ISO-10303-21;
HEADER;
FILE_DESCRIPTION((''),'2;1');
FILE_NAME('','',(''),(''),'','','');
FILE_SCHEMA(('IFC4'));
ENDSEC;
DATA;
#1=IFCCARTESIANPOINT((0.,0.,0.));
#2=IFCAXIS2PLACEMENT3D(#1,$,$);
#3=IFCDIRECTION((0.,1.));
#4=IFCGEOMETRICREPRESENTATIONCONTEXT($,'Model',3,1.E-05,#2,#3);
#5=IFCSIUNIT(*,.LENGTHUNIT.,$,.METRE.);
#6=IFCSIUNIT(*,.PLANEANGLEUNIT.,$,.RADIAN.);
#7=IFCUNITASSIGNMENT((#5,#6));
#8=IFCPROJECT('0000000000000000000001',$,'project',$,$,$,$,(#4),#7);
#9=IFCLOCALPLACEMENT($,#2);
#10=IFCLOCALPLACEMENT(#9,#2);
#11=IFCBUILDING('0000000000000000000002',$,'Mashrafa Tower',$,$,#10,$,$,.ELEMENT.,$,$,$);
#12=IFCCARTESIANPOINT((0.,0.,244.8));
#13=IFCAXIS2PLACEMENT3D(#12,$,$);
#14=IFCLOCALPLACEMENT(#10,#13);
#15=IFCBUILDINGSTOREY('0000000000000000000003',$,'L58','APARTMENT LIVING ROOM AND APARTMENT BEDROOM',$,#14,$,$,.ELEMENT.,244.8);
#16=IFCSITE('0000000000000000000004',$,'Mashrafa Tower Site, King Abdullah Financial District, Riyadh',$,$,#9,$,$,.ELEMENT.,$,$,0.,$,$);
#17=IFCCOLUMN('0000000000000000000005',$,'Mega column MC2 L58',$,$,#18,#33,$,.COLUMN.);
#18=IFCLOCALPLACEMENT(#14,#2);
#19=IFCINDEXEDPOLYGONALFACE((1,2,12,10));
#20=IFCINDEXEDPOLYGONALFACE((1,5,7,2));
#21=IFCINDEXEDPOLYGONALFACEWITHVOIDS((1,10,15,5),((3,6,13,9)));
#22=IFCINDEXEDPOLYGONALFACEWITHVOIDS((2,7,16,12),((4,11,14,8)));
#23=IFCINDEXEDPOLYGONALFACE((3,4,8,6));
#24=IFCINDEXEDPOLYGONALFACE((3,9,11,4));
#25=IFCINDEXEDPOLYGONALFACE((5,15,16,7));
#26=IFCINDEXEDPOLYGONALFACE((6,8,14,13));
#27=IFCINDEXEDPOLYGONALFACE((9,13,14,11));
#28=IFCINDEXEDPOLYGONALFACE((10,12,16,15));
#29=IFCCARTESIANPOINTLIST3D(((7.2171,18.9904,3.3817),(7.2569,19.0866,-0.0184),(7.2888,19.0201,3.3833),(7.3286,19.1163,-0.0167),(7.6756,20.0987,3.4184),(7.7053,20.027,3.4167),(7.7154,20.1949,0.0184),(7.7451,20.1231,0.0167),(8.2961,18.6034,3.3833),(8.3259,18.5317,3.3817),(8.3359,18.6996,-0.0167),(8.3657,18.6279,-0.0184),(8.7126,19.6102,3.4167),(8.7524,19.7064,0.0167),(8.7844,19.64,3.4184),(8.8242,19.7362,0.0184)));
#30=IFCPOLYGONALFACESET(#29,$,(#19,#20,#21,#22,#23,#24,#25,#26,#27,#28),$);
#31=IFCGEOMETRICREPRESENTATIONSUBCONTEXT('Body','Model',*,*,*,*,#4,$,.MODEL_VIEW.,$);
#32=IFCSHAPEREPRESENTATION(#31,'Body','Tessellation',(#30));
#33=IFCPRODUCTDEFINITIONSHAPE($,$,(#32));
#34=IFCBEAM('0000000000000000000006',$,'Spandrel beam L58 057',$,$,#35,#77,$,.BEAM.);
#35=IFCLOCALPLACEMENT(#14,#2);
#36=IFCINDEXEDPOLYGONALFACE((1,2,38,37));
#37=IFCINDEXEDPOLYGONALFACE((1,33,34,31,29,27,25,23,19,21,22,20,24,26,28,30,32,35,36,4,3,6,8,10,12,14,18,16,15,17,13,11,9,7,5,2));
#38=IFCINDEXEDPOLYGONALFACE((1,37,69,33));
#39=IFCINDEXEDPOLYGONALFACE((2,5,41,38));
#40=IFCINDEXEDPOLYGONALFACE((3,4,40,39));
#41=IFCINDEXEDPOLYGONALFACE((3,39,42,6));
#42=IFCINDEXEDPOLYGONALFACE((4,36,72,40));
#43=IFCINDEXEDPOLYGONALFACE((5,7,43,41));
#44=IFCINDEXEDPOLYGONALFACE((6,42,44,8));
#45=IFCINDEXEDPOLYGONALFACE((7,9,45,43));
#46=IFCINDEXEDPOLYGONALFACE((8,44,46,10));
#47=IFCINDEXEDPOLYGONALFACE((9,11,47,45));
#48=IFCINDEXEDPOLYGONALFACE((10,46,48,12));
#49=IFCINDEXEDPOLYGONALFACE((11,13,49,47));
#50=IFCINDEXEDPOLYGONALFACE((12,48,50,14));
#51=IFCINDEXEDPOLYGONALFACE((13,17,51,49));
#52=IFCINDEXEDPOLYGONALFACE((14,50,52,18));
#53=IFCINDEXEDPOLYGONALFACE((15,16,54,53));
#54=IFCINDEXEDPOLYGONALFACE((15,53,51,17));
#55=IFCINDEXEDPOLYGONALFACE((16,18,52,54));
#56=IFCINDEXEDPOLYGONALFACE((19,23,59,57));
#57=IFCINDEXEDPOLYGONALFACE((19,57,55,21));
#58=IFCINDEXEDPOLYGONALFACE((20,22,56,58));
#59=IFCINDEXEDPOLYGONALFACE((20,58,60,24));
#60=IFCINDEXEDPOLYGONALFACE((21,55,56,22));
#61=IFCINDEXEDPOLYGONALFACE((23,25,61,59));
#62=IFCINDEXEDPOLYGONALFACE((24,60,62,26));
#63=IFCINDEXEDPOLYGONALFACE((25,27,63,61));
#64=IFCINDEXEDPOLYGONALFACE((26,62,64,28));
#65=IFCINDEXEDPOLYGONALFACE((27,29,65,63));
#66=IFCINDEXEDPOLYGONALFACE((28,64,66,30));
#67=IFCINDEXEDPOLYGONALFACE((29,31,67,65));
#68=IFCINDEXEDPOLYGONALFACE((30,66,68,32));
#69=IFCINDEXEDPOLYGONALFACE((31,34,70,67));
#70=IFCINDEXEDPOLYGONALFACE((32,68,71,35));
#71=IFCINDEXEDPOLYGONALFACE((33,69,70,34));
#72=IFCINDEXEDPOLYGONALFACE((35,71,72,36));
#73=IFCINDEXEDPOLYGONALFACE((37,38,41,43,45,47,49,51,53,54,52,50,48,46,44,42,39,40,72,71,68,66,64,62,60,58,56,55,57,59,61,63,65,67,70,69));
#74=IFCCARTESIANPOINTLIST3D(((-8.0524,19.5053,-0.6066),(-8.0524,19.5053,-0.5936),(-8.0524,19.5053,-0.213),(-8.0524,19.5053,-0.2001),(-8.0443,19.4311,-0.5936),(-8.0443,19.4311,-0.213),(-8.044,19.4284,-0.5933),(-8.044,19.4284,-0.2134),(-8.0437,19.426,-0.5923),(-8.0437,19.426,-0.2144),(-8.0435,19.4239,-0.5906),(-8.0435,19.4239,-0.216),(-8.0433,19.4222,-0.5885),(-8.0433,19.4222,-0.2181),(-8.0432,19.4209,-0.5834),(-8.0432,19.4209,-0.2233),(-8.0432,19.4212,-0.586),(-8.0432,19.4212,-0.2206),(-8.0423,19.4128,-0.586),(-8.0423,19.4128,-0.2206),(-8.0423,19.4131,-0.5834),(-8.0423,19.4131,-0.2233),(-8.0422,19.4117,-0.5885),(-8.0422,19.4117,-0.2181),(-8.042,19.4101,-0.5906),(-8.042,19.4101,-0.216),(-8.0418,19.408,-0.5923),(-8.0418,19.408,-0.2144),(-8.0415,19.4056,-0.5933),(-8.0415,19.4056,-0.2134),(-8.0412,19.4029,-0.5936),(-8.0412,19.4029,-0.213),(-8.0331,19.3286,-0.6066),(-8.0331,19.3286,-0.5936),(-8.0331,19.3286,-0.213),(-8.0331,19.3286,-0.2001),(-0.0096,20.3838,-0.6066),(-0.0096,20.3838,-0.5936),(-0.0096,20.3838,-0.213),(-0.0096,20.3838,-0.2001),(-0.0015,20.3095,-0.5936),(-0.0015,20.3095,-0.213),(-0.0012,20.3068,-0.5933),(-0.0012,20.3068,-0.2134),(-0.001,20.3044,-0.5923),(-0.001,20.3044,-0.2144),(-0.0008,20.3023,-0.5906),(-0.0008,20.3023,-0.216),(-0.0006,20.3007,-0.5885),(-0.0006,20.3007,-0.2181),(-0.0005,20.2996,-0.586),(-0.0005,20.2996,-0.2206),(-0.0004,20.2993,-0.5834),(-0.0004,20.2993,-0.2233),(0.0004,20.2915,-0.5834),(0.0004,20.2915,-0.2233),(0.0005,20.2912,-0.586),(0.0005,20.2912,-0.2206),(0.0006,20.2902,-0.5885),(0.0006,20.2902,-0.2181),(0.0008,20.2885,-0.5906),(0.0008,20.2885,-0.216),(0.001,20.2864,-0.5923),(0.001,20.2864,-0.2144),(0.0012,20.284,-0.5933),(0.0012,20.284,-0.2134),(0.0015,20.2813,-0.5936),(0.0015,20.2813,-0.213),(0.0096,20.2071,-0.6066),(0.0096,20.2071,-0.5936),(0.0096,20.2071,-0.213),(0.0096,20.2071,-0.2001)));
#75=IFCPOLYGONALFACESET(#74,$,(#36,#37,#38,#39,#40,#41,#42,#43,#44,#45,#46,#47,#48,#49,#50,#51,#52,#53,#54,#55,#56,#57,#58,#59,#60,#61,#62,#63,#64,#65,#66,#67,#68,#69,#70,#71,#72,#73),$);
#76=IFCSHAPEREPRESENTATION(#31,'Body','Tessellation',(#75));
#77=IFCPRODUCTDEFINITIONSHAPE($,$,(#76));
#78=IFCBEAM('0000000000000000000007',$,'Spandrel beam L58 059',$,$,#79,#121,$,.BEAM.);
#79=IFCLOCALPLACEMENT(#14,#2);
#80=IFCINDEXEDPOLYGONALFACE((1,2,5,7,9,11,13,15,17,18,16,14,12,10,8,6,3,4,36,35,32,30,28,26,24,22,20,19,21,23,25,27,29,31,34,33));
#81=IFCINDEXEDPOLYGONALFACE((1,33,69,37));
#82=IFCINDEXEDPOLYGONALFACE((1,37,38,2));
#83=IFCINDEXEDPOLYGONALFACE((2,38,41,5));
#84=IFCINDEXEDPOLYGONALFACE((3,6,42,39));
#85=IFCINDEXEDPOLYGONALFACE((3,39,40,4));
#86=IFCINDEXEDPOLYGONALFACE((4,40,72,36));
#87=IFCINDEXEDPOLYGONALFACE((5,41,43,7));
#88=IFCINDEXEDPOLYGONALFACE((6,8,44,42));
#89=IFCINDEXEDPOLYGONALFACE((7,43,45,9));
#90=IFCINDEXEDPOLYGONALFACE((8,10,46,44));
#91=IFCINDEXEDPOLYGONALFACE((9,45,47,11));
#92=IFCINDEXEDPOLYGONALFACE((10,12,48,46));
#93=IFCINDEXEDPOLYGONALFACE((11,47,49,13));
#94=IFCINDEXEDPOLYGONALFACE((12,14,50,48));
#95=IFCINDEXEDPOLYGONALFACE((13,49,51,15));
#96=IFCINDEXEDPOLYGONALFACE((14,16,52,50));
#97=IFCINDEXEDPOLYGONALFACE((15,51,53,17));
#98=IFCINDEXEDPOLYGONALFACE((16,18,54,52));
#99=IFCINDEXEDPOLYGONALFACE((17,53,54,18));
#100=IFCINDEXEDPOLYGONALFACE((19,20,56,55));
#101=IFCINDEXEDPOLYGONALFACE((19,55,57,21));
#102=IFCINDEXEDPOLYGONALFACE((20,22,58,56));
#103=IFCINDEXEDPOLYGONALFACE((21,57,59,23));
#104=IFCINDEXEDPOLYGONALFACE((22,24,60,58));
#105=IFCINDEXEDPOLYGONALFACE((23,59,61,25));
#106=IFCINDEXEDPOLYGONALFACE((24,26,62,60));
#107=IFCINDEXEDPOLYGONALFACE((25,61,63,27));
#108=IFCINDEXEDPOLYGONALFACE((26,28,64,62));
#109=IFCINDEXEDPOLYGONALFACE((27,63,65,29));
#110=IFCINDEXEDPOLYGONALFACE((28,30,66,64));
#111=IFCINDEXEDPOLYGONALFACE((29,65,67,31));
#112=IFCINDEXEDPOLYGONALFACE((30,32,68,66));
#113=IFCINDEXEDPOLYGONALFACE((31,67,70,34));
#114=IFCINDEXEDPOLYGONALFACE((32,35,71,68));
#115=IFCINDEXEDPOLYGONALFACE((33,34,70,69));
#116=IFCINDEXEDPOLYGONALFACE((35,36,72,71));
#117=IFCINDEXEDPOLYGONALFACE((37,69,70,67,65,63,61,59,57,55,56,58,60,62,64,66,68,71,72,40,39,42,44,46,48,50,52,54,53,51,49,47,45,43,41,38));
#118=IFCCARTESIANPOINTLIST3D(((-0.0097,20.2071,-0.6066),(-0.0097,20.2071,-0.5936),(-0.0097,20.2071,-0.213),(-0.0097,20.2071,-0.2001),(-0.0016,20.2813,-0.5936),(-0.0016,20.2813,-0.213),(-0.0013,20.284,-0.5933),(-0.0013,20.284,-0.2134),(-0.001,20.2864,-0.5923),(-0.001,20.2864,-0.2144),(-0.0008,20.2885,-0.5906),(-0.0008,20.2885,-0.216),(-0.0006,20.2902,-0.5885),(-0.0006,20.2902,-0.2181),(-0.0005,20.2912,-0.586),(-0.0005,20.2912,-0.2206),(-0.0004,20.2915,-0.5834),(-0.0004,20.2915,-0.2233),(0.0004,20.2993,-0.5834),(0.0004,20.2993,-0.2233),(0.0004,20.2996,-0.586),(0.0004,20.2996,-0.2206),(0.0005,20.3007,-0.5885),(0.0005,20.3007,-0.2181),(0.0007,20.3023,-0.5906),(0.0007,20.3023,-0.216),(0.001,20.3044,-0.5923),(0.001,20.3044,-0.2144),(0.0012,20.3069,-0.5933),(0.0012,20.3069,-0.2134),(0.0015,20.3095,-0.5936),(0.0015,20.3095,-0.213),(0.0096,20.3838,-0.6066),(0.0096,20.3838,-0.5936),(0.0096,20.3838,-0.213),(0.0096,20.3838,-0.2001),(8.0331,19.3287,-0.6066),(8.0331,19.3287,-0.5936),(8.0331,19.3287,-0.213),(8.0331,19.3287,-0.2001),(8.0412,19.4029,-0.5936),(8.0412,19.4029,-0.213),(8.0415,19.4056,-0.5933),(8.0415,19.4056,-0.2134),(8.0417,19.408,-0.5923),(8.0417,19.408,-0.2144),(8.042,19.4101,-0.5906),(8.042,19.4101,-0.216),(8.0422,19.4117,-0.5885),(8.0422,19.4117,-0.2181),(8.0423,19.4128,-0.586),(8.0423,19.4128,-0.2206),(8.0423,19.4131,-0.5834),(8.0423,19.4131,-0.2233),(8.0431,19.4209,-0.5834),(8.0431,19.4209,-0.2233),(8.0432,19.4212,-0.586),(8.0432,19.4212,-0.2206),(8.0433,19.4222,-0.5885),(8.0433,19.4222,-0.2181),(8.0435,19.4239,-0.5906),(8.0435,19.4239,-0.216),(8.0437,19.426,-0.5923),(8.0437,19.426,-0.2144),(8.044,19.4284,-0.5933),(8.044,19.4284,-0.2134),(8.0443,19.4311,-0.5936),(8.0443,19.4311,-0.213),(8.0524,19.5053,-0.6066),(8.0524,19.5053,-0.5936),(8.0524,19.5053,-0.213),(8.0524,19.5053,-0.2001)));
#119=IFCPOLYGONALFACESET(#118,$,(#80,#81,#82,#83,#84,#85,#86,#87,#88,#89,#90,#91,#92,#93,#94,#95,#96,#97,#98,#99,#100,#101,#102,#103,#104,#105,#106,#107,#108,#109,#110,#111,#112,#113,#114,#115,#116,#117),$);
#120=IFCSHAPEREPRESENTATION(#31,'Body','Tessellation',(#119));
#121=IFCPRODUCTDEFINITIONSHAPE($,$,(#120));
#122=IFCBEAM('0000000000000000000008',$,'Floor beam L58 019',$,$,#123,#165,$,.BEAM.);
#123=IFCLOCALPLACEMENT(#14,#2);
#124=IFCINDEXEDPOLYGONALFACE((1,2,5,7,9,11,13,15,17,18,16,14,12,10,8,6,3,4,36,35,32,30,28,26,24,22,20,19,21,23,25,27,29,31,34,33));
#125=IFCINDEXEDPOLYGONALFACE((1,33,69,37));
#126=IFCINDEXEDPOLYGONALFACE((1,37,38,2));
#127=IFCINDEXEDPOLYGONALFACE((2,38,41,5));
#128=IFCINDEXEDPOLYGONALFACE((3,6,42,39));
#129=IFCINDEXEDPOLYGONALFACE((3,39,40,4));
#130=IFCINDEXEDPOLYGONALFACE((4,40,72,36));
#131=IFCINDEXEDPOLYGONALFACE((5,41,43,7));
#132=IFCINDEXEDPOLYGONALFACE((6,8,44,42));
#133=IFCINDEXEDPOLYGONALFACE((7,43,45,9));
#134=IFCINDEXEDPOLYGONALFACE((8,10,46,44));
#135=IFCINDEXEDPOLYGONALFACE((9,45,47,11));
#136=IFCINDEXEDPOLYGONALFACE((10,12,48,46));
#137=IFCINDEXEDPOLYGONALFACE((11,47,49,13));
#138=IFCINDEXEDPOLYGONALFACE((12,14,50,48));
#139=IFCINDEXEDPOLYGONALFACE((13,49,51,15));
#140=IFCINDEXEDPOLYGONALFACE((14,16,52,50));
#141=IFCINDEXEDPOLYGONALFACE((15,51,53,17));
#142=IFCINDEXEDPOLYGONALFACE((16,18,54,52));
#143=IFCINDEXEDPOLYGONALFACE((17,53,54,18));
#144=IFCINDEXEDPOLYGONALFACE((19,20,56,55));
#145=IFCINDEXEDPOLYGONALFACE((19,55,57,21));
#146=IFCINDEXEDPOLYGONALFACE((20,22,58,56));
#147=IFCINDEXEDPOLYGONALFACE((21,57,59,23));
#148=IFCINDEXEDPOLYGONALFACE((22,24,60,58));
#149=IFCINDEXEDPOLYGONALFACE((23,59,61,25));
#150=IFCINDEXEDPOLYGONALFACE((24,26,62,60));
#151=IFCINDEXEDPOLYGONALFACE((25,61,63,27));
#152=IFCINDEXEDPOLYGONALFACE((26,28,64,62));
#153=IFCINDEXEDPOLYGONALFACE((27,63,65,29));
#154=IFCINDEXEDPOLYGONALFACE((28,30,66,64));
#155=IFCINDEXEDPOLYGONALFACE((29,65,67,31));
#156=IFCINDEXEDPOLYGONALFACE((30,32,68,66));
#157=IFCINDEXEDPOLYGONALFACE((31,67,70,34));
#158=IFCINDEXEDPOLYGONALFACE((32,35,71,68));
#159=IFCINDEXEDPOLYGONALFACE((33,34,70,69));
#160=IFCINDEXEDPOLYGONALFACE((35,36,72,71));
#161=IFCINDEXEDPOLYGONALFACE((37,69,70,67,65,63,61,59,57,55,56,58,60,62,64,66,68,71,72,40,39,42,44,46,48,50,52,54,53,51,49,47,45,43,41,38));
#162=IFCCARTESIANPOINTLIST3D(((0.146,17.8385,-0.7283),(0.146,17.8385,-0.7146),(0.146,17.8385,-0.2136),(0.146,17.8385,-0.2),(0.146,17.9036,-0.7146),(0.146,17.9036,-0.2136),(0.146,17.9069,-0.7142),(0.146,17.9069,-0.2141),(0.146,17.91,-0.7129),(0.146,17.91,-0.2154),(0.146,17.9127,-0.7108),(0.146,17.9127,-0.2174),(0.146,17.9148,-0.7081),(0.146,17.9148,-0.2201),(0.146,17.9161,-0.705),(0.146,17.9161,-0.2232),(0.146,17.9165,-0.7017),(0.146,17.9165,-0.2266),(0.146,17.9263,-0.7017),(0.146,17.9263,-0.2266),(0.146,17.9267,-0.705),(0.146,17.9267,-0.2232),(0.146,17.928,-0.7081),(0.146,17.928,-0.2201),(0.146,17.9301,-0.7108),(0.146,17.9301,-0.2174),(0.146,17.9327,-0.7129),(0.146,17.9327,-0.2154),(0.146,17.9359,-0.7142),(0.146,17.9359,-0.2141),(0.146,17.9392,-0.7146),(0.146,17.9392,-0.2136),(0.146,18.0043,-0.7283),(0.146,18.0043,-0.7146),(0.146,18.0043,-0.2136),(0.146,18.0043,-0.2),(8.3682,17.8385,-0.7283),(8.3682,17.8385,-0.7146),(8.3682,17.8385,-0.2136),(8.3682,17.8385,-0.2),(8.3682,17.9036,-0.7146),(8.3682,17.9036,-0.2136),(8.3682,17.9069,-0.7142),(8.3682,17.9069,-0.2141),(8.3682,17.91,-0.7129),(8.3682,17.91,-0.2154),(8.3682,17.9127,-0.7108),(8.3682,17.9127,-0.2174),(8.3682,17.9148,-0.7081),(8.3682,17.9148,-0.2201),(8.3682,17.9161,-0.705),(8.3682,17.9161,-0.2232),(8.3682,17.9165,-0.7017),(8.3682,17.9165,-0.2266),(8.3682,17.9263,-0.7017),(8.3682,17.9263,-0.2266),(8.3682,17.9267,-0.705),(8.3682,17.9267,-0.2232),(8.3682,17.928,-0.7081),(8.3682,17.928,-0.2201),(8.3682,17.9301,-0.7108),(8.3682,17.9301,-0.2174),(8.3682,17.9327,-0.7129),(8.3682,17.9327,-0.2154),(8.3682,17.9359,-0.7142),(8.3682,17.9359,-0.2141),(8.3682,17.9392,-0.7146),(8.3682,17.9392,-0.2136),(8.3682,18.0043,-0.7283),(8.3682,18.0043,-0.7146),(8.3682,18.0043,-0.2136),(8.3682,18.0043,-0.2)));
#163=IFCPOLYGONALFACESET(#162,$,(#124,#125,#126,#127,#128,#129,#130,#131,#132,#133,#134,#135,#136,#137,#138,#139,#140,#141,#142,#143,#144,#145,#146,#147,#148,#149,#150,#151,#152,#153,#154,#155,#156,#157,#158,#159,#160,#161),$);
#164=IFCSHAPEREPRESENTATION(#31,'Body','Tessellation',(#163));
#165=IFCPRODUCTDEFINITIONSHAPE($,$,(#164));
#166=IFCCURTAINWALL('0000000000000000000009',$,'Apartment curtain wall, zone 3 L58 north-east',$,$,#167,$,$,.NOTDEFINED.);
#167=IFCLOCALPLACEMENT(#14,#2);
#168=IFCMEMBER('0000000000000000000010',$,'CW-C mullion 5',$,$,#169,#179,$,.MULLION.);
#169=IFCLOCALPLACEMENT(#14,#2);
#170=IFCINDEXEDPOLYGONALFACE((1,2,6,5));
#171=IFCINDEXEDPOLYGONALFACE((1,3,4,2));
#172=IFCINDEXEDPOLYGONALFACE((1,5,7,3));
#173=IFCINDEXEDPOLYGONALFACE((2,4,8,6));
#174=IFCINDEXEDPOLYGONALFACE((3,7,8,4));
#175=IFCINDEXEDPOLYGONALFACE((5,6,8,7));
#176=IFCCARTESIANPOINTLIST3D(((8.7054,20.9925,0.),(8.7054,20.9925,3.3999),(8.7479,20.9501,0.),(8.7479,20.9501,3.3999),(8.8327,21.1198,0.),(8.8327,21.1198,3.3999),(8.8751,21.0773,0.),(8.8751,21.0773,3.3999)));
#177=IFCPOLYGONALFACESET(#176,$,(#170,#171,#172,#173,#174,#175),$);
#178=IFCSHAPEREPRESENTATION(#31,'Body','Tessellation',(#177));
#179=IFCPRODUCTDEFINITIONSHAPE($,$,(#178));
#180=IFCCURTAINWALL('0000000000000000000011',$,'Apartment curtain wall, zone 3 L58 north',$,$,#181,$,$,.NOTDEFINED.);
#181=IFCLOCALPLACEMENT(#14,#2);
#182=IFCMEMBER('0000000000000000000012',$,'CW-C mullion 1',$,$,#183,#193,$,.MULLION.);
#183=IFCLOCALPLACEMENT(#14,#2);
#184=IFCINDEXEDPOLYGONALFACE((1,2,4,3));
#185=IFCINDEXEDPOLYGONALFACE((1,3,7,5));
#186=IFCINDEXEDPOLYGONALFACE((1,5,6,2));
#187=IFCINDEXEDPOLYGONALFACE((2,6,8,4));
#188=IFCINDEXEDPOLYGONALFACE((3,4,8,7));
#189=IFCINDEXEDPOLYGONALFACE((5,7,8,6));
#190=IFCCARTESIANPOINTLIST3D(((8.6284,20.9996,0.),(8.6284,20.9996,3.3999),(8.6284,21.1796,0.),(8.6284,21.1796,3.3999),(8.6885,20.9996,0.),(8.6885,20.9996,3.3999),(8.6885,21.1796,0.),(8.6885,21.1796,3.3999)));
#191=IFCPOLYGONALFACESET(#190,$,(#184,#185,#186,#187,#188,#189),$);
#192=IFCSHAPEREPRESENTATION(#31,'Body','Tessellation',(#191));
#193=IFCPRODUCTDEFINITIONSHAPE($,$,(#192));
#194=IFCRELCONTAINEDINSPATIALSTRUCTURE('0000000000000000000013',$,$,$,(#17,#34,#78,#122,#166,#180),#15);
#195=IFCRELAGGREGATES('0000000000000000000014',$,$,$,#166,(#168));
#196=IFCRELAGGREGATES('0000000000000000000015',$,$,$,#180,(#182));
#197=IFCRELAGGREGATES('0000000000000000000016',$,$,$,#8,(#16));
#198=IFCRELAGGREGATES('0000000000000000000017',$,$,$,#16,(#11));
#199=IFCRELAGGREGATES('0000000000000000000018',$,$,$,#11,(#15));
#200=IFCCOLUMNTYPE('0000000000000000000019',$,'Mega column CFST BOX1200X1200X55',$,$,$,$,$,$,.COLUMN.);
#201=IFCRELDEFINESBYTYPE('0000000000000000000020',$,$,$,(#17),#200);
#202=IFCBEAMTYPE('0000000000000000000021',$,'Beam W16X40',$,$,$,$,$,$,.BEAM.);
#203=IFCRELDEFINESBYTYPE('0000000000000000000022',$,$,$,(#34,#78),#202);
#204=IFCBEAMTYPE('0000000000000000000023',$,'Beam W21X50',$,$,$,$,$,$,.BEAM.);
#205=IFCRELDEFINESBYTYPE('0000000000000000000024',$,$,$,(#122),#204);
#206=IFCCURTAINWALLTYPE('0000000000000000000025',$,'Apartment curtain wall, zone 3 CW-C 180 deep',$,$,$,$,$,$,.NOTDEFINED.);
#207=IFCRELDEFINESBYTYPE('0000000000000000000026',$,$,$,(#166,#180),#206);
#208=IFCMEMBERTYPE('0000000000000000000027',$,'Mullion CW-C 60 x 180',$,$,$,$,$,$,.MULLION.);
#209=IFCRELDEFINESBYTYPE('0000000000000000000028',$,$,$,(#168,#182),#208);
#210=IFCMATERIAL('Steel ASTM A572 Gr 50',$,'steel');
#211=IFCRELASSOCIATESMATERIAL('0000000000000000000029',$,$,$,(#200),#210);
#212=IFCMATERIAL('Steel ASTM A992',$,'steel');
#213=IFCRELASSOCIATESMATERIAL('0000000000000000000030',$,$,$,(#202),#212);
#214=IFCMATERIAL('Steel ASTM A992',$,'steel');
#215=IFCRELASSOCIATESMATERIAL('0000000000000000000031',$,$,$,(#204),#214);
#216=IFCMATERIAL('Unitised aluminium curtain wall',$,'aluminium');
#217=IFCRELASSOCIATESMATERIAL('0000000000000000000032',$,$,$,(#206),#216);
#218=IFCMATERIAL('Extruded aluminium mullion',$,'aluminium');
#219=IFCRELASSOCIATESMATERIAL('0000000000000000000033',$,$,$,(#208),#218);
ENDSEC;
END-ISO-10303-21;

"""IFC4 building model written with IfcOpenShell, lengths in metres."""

from ifc_helpers import new_model, si_unit, direction, frame, origin, origin_2d, place, context, subcontext, project, spatial, rectangle, hollow_rectangle, i_section, extrude, source, transform, mapped, material, material_profile, profile_set, type_object, type_shapes, element, aggregate, save


model = new_model("IFC4")

# Units and contexts
model_context = context("Model", 3, precision=1e-05, world=origin(), true_north=direction((0.0, 1.0)))
body_context = subcontext(model_context, "Body", "Model", "MODEL_VIEW")
ifc_project = project(units=[si_unit("LENGTHUNIT", "METRE"), si_unit("PLANEANGLEUNIT", "RADIAN")], contexts=[model_context])

# Site, building, storey
site_placement = place(None, origin())
site = spatial("IfcSite", under=ifc_project, at=site_placement, Name="Mashrafa Tower Site, King Abdullah Financial District, Riyadh", CompositionType="ELEMENT", RefElevation=0.0)
building_placement = place(site_placement, origin())
building = spatial("IfcBuilding", under=site, at=building_placement, Name="Mashrafa Tower", CompositionType="ELEMENT")
storey_placement = place(building_placement, frame((0.0, 0.0, 244.8)))
storey = spatial("IfcBuildingStorey", under=building, at=storey_placement, Name="L58", Description="APARTMENT LIVING ROOM AND APARTMENT BEDROOM", CompositionType="ELEMENT", Elevation=244.8)

# Column
ifc_material_1 = material(Name="Steel ASTM A572 Gr 50", Category="steel")
ifc_material_profile_1 = material_profile(ifc_material_1, hollow_rectangle(XDim=1.2, YDim=1.2, WallThickness=0.0549, at=origin_2d()), Name="BOX1200X1200X55")
ifc_profile_set_1 = profile_set([ifc_material_profile_1], Name="Steel ASTM A572 Gr 50")
column_type = type_object("IfcColumnType", Name="Mega column CFST BOX1200X1200X55", PredefinedType="COLUMN", material=ifc_profile_set_1)
column_placement = place(storey_placement, frame((8.0405, 19.4114, 0.0), z_axis=(-0.011699, -0.028279, 0.999532), x_axis=(0.924045, -0.382283, 0.0)))
element("IfcColumn", 1, at=column_placement, inside=storey, type_object=column_type, Name="Mega column MC2 L58", PredefinedType="COLUMN", context=body_context, shape_type="SweptSolid", body=[
    extrude(hollow_rectangle(XDim=1.2, YDim=1.2, WallThickness=0.0549, at=origin_2d()), origin(), (0.0, 0.0, 1.0), 3.4016),
])

# Beams
ifc_material_2 = material(Name="Steel ASTM A992", Category="steel")
ifc_material_profile_2 = material_profile(ifc_material_2, i_section(OverallWidth=0.1777, OverallDepth=0.4065, WebThickness=0.0078, FlangeThickness=0.0129, FilletRadius=0.0103, at=origin_2d()), Name="W16X40")
ifc_profile_set_2 = profile_set([ifc_material_profile_2], Name="Steel ASTM A992")
beam_type_1 = type_object("IfcBeamType", Name="Beam W16X40", PredefinedType="BEAM", material=ifc_profile_set_2)
for number, where, z_axis, x_axis, name in (
    (2, (0.0, 20.2954, -0.4033), (-0.994088, -0.108573, 0.0), (0.108573, -0.994088, 0.0), "Spandrel beam L58 057"),
    (3, (8.0427, 19.417, -0.4033), (-0.994088, 0.108573, 0.0), (-0.108573, -0.994088, 0.0), "Spandrel beam L58 059"),
):
    element("IfcBeam", number, at=place(storey_placement, frame(where, z_axis=z_axis, x_axis=x_axis)), inside=storey, type_object=beam_type_1, Name=name, PredefinedType="BEAM", context=body_context, shape_type="SweptSolid", body=[
        extrude(i_section(OverallWidth=0.1777, OverallDepth=0.4065, WebThickness=0.0078, FlangeThickness=0.0129, FilletRadius=0.0103, at=origin_2d()), origin(), (0.0, 0.0, 1.0), 8.0906),
    ])
ifc_material_3 = material(Name="Steel ASTM A992", Category="steel")
ifc_material_profile_3 = material_profile(ifc_material_3, i_section(OverallWidth=0.1658, OverallDepth=0.5283, WebThickness=0.0098, FlangeThickness=0.0137, FilletRadius=0.0129, at=origin_2d()), Name="W21X50")
ifc_profile_set_3 = profile_set([ifc_material_profile_3], Name="Steel ASTM A992")
beam_type_2 = type_object("IfcBeamType", Name="Beam W21X50", PredefinedType="BEAM", material=ifc_profile_set_3)
beam_placement = place(storey_placement, frame((0.146, 17.9214, -0.4641), z_axis=(1.0, 0.0, 0.0), x_axis=(0.0, 1.0, 0.0)))
element("IfcBeam", 4, at=beam_placement, inside=storey, type_object=beam_type_2, Name="Floor beam L58 019", PredefinedType="BEAM", context=body_context, shape_type="SweptSolid", body=[
    extrude(i_section(OverallWidth=0.1658, OverallDepth=0.5283, WebThickness=0.0098, FlangeThickness=0.0137, FilletRadius=0.0129, at=origin_2d()), origin(), (0.0, 0.0, 1.0), 8.2222),
])

# Curtain wall, member
ifc_material_4 = material(Name="Unitised aluminium curtain wall", Category="aluminium")
curtain_wall_type = type_object("IfcCurtainWallType", Name="Apartment curtain wall, zone 3 CW-C 180 deep", PredefinedType="NOTDEFINED", material=ifc_material_4)
curtain_wall_1_placement = place(storey_placement, origin())
curtain_wall_1 = element("IfcCurtainWall", 5, at=curtain_wall_1_placement, inside=storey, type_object=curtain_wall_type, Name="Apartment curtain wall, zone 3 L58 north-east", PredefinedType="NOTDEFINED")
ifc_material_5 = material(Name="Extruded aluminium mullion", Category="aluminium")
ifc_material_profile_4 = material_profile(ifc_material_5, rectangle(XDim=0.1799, YDim=0.0601, at=origin_2d()), Name="Mullion 60x180")
ifc_profile_set_4 = profile_set([ifc_material_profile_4], Name="Extruded aluminium mullion")
member_type_1 = type_object("IfcMemberType", Name="Mullion CW-C 60 x 180", PredefinedType="MULLION", material=ifc_profile_set_4)
shared_shape_1 = source(origin(), body_context, "Body", "SweptSolid", [
    extrude(rectangle(XDim=0.1799, YDim=0.0601, at=origin_2d()), origin(), (0.0, 0.0, 1.0), 3.3999),
])
type_shapes(member_type_1, [shared_shape_1])
member_1_placement = place(storey_placement, frame((8.7903, 21.0349, 0.0), z_axis=(0.0, 0.0, 1.0), x_axis=(-0.707107, -0.707107, 0.0)))
member_1 = element("IfcMember", 6, at=member_1_placement, type_object=member_type_1, Name="CW-C mullion 5", PredefinedType="MULLION", context=body_context, shape_type="MappedRepresentation", body=[
    mapped(shared_shape_1, transform((0.0, 0.0, 0.0))),
])

# Curtain wall, member
curtain_wall_2_placement = place(storey_placement, origin())
curtain_wall_2 = element("IfcCurtainWall", 7, at=curtain_wall_2_placement, inside=storey, type_object=curtain_wall_type, Name="Apartment curtain wall, zone 3 L58 north", PredefinedType="NOTDEFINED")
member_2_placement = place(storey_placement, frame((8.6584, 21.0896, 0.0), z_axis=(0.0, 0.0, 1.0), x_axis=(0.0, -1.0, 0.0)))
member_2 = element("IfcMember", 8, at=member_2_placement, type_object=member_type_1, Name="CW-C mullion 1", PredefinedType="MULLION", context=body_context, shape_type="MappedRepresentation", body=[
    mapped(shared_shape_1, transform((0.0, 0.0, 0.0))),
])

aggregate(curtain_wall_1, [member_1])
aggregate(curtain_wall_2, [member_2])

save(model, "model.ifc")
